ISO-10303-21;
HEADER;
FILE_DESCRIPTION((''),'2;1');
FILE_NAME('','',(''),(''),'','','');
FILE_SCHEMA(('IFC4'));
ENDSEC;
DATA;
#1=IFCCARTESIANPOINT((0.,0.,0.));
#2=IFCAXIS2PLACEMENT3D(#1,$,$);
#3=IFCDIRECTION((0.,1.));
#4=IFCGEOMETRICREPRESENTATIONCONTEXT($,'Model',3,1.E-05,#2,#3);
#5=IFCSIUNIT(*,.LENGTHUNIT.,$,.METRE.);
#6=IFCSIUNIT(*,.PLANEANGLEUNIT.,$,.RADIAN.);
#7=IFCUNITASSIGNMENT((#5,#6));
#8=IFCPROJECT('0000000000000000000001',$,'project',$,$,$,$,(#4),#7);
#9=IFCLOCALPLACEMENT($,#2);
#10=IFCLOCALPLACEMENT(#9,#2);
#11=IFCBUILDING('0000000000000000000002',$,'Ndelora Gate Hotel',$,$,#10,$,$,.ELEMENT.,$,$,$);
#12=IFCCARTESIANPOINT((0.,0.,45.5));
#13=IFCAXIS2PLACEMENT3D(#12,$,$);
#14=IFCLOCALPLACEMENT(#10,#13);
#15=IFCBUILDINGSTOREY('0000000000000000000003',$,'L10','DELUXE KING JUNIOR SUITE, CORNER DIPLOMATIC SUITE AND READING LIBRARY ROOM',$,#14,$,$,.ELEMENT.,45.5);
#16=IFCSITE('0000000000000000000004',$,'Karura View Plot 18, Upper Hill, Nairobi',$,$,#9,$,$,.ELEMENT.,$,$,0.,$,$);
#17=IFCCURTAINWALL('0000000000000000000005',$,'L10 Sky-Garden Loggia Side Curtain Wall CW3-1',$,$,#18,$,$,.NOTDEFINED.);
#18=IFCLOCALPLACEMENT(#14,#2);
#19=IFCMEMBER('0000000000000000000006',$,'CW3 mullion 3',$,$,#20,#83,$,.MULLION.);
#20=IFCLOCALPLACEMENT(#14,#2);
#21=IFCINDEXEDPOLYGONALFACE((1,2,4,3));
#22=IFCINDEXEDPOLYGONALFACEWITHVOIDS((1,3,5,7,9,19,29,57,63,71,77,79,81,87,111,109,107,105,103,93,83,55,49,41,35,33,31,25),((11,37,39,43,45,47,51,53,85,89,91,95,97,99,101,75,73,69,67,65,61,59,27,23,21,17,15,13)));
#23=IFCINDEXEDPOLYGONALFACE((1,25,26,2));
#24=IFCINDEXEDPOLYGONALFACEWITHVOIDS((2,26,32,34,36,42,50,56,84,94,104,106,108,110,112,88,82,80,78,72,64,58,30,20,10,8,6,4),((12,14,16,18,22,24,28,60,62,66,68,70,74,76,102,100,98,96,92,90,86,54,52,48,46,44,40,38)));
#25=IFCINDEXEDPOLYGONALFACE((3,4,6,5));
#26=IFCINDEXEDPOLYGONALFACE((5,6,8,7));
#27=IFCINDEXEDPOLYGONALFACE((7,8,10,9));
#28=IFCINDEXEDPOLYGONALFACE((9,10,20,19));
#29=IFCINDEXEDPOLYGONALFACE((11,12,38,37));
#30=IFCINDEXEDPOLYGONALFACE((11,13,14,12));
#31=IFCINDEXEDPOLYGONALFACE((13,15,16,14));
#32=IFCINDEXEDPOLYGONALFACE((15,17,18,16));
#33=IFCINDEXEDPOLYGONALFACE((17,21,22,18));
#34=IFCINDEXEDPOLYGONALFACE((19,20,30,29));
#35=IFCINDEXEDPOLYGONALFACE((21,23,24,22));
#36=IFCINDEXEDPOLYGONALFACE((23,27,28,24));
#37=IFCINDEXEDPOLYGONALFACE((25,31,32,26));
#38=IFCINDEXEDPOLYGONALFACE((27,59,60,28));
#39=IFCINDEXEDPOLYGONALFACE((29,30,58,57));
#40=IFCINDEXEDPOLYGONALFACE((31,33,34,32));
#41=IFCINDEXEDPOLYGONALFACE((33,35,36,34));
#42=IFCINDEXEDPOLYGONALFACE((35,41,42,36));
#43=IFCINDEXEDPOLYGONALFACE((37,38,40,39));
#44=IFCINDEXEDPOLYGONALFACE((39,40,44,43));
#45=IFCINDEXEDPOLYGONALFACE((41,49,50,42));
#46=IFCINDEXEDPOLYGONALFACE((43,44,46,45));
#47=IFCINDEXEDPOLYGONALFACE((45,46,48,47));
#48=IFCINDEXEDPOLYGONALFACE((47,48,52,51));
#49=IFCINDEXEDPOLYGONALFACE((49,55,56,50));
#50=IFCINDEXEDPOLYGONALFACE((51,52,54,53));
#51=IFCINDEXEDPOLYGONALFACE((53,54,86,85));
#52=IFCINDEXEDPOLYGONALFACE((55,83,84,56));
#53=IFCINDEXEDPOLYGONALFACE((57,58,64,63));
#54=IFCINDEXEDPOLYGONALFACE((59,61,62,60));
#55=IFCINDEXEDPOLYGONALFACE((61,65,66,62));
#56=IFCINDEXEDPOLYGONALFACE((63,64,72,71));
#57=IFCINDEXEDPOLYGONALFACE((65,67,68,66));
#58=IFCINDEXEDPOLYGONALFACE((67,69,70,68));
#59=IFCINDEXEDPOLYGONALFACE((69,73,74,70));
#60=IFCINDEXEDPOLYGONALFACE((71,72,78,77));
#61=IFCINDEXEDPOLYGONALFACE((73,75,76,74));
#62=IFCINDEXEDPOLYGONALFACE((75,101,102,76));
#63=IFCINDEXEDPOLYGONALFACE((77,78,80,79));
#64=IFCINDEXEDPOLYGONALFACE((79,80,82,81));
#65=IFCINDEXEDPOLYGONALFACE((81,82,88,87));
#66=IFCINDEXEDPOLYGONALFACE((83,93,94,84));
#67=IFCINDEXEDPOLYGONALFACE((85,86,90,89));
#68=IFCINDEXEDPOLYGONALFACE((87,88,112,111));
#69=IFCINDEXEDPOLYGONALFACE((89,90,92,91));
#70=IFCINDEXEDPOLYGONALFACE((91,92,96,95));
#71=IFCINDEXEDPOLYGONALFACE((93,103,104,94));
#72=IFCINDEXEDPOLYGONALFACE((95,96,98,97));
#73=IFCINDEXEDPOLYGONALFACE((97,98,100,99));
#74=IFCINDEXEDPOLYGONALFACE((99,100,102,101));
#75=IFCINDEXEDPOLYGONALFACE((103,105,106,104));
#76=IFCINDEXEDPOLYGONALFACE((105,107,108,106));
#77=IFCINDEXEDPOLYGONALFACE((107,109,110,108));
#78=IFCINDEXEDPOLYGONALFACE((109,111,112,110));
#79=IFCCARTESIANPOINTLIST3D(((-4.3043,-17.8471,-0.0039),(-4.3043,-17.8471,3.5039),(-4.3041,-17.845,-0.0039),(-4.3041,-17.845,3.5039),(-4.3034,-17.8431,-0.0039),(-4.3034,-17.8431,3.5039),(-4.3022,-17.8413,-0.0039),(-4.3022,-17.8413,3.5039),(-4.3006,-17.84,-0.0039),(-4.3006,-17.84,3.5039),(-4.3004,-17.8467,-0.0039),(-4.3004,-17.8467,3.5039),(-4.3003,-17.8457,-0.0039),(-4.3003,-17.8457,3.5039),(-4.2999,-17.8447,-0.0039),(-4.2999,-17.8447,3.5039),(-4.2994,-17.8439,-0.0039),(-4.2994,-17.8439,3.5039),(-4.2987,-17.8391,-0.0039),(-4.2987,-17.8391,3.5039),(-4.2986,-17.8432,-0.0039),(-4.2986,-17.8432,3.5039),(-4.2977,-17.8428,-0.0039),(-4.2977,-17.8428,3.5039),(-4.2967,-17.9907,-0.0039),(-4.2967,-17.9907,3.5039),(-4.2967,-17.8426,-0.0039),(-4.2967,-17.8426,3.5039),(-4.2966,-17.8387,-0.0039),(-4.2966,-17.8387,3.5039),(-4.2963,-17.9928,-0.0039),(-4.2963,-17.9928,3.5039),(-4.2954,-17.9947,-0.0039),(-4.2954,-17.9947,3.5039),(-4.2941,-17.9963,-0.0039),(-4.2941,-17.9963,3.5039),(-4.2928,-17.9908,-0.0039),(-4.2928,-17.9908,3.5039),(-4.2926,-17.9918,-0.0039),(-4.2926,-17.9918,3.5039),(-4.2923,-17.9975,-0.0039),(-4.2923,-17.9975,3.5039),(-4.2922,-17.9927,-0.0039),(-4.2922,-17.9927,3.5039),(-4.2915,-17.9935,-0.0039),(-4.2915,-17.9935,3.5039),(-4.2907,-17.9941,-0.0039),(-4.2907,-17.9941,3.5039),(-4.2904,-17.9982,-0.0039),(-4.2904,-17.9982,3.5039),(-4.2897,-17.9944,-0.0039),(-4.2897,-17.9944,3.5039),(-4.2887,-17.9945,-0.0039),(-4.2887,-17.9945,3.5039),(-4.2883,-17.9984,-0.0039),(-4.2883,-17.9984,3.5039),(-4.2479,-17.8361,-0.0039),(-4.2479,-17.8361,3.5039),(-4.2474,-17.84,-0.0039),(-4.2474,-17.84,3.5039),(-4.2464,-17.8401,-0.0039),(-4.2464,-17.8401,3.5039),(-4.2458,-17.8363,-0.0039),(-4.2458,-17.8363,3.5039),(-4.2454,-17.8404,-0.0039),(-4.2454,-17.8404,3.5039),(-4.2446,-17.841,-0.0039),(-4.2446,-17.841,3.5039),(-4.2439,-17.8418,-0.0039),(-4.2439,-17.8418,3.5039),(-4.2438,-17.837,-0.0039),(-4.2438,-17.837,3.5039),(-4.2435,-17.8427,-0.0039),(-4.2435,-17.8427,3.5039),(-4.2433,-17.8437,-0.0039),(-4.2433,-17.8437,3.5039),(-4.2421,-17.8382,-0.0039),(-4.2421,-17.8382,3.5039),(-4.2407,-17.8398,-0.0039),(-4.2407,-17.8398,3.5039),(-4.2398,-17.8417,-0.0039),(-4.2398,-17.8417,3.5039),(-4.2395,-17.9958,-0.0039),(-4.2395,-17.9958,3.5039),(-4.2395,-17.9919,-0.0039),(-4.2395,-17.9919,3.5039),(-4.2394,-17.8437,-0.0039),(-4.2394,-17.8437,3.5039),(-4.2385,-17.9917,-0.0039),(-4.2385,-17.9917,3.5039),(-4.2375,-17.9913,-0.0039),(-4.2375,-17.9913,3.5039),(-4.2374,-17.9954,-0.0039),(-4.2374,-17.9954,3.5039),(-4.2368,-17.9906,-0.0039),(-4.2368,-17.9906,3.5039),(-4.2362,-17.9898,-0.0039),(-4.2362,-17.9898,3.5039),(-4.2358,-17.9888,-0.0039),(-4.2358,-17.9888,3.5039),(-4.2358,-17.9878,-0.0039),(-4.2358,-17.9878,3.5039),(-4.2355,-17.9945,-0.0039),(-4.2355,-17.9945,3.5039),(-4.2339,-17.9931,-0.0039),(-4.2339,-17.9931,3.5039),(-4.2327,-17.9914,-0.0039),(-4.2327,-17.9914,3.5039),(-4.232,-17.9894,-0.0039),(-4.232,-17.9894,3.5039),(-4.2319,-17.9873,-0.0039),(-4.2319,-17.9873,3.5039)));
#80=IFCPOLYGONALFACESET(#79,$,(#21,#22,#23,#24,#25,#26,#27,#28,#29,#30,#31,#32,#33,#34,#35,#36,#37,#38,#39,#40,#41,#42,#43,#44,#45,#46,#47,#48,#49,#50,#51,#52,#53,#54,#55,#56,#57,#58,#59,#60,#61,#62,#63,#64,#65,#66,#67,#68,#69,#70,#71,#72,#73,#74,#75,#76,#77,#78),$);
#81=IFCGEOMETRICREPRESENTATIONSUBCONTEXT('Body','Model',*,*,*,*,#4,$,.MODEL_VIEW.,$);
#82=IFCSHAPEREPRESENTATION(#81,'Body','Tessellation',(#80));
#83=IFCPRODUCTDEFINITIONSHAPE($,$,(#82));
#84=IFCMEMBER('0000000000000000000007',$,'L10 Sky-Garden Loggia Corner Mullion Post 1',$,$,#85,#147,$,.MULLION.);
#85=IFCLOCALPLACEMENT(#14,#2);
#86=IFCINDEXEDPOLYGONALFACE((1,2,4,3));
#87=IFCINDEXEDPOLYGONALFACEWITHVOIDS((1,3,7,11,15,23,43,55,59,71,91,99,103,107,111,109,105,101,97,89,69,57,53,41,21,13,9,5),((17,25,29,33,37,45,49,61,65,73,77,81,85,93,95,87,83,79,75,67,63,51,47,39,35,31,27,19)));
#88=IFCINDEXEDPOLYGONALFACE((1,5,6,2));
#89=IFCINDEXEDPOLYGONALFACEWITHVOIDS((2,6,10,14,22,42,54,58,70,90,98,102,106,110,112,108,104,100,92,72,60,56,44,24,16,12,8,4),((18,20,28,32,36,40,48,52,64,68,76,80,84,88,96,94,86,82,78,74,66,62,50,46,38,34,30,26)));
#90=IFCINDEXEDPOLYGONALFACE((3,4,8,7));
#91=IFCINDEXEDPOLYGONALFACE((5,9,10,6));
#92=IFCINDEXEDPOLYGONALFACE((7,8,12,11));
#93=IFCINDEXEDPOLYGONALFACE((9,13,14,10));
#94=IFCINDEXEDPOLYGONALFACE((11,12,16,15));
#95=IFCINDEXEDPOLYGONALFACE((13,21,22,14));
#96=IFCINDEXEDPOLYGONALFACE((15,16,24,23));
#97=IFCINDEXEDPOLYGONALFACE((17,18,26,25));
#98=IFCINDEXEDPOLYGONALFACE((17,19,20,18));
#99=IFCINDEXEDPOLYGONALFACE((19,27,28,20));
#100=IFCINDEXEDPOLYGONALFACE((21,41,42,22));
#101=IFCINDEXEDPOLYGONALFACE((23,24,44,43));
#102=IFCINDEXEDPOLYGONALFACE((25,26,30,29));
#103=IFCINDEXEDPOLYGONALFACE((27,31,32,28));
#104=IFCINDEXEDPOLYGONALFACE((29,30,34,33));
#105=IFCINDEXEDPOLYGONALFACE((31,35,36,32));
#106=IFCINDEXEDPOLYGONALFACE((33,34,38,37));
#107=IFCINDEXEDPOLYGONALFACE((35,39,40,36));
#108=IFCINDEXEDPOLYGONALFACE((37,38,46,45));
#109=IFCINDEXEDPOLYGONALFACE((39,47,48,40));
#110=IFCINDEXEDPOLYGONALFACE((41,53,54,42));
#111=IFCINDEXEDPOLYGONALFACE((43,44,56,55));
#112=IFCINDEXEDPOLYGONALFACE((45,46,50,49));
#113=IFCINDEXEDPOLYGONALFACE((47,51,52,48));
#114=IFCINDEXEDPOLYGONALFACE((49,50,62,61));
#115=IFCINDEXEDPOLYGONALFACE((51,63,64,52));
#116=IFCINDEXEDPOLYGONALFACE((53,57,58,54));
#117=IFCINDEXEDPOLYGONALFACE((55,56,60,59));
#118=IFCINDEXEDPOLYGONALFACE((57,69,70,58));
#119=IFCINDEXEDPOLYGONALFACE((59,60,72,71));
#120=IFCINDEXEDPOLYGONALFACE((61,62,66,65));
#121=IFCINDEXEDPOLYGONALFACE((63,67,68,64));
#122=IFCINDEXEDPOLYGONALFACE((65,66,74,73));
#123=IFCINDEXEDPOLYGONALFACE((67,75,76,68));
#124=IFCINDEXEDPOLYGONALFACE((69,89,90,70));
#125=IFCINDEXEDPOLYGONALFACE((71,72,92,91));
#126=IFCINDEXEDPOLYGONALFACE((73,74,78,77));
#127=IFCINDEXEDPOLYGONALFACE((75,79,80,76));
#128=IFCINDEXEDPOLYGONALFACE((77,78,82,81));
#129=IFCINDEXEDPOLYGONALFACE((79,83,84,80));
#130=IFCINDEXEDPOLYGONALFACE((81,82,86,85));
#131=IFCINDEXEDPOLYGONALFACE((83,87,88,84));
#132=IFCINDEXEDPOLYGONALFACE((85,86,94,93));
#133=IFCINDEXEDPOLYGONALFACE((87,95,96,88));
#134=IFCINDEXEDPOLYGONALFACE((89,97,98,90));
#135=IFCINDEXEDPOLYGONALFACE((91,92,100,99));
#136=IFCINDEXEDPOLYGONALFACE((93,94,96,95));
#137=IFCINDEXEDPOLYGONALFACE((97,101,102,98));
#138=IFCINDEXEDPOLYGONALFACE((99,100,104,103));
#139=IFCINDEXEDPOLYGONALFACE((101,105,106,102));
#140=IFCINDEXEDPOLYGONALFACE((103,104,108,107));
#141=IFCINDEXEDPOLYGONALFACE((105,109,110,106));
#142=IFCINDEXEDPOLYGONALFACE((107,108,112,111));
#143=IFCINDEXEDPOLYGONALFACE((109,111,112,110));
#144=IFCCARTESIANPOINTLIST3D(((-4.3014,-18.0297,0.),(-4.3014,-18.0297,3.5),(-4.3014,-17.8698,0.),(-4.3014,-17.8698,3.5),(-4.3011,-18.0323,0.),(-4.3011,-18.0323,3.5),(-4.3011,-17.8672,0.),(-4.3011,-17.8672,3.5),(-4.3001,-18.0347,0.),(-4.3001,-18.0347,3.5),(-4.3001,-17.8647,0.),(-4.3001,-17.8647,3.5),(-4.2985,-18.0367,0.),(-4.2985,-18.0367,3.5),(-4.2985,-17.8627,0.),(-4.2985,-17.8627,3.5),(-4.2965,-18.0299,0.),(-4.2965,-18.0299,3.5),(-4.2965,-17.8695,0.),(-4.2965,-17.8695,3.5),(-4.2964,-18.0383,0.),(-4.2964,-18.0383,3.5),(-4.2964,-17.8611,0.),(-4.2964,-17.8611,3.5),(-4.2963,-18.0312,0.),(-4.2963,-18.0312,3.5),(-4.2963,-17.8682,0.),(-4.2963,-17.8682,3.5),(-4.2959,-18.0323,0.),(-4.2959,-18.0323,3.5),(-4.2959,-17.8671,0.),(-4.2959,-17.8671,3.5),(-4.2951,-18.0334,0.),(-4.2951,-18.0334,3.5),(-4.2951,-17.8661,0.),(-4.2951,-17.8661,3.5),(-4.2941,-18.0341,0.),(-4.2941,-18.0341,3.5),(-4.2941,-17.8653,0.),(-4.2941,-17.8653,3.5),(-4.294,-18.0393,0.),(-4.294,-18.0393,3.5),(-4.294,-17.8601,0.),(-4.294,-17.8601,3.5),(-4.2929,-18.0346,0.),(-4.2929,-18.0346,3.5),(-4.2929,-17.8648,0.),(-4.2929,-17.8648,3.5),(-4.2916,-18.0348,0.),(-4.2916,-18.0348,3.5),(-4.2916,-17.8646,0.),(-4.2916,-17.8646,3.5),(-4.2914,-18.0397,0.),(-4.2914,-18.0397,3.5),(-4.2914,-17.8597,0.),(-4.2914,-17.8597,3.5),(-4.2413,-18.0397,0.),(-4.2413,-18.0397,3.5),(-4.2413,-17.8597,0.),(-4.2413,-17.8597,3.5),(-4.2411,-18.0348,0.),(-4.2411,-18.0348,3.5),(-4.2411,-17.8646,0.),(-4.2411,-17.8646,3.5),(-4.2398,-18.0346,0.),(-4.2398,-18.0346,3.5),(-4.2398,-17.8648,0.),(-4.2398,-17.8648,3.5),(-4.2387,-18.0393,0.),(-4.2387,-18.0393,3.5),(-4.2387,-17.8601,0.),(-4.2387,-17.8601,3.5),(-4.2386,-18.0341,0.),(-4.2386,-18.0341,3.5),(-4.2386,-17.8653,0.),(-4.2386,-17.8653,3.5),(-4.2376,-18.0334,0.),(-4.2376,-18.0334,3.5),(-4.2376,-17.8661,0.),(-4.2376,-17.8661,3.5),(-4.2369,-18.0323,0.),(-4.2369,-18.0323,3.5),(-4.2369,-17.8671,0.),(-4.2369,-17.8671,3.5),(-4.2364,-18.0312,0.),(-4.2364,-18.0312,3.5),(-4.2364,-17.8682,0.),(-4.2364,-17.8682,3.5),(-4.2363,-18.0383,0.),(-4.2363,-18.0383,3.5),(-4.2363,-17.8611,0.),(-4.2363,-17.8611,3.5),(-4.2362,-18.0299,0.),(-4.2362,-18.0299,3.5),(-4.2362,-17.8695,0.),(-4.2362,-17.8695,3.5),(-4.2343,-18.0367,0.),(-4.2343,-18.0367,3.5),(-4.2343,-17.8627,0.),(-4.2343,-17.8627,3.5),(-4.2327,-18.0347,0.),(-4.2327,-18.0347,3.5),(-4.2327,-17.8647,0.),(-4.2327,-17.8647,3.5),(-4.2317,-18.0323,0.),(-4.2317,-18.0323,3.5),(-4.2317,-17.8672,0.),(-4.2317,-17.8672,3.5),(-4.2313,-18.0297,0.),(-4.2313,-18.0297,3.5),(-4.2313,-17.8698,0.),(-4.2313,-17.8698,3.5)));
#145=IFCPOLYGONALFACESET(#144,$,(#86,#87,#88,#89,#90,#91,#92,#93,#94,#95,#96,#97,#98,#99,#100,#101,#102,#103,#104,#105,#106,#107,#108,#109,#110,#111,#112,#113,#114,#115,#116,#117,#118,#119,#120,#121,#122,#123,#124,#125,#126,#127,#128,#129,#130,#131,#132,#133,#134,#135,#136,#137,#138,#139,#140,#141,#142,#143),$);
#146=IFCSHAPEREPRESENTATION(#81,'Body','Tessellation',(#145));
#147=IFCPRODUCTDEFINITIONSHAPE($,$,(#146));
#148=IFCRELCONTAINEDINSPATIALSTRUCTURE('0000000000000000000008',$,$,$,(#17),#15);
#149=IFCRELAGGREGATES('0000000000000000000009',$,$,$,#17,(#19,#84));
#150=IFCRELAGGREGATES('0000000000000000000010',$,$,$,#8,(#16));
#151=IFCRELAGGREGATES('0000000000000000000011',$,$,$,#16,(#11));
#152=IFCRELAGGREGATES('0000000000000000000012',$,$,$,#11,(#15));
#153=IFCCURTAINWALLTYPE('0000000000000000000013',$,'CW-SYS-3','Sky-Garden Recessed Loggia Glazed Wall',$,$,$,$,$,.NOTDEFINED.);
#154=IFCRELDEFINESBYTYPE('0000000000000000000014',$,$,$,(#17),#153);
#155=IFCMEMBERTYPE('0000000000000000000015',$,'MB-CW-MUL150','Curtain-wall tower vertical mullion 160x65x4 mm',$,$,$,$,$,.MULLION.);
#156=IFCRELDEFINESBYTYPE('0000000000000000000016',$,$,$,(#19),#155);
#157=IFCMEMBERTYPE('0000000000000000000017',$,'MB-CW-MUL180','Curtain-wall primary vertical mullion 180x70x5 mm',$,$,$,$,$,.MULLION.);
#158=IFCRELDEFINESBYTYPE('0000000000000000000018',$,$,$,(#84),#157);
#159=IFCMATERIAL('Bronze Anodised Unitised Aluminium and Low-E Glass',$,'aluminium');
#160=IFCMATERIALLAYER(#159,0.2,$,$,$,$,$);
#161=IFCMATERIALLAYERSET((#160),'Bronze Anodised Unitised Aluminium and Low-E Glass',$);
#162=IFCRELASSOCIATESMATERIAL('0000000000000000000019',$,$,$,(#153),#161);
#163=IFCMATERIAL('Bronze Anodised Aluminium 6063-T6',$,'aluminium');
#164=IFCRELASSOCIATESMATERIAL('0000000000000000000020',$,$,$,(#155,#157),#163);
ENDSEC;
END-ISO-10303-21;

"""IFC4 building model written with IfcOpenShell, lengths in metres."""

from ifc_helpers import new_model, si_unit, direction, frame, origin, origin_2d, place, context, subcontext, project, spatial, hollow_rectangle, extrude, material, layer, layer_set, material_profile, profile_set, type_object, element, aggregate, save


model = new_model("IFC4")

# Units and contexts
model_context = context("Model", 3, precision=1e-05, world=origin(), true_north=direction((0.0, 1.0)))
body_context = subcontext(model_context, "Body", "Model", "MODEL_VIEW")
ifc_project = project(units=[si_unit("LENGTHUNIT", "METRE"), si_unit("PLANEANGLEUNIT", "RADIAN")], contexts=[model_context])

# Site, building, storey
site_placement = place(None, origin())
site = spatial("IfcSite", under=ifc_project, at=site_placement, Name="Karura View Plot 18, Upper Hill, Nairobi", CompositionType="ELEMENT", RefElevation=0.0)
building_placement = place(site_placement, origin())
building = spatial("IfcBuilding", under=site, at=building_placement, Name="Ndelora Gate Hotel", CompositionType="ELEMENT")
storey_placement = place(building_placement, frame((0.0, 0.0, 45.5)))
storey = spatial("IfcBuildingStorey", under=building, at=storey_placement, Name="L10", Description="DELUXE KING JUNIOR SUITE, CORNER DIPLOMATIC SUITE AND READING LIBRARY ROOM", CompositionType="ELEMENT", Elevation=45.5)

# Curtain wall, members
ifc_material_1 = material(Name="Bronze Anodised Unitised Aluminium and Low-E Glass", Category="aluminium")
ifc_layer_1 = layer(ifc_material_1, 0.2)
ifc_layer_set_1 = layer_set([ifc_layer_1], Name="Bronze Anodised Unitised Aluminium and Low-E Glass")
curtain_wall_type = type_object("IfcCurtainWallType", Name="CW-SYS-3", Description="Sky-Garden Recessed Loggia Glazed Wall", PredefinedType="NOTDEFINED", material=ifc_layer_set_1)
curtain_wall_placement = place(storey_placement, origin())
curtain_wall = element("IfcCurtainWall", 1, at=curtain_wall_placement, inside=storey, type_object=curtain_wall_type, Name="L10 Sky-Garden Loggia Side Curtain Wall CW3-1", PredefinedType="NOTDEFINED")
ifc_material_2 = material(Name="Bronze Anodised Aluminium 6063-T6", Category="aluminium")
ifc_material_profile_1 = material_profile(ifc_material_2, hollow_rectangle(XDim=0.0649, YDim=0.1599, WallThickness=0.0039, InnerFilletRadius=0.0039, OuterFilletRadius=0.0081, at=origin_2d()), Name="ALU 160x65x4")
ifc_profile_set_1 = profile_set([ifc_material_profile_1], Name="Bronze Anodised Aluminium 6063-T6")
member_type_1 = type_object("IfcMemberType", Name="MB-CW-MUL150", Description="Curtain-wall tower vertical mullion 160x65x4 mm", PredefinedType="MULLION", material=ifc_profile_set_1)
member_1_placement = place(storey_placement, frame((-4.2681, -17.9172, -0.0039), z_axis=(0.0, 0.0, 1.0), x_axis=(0.998628, 0.052363, 0.0)))
member_1 = element("IfcMember", 2, at=member_1_placement, type_object=member_type_1, Name="CW3 mullion 3", PredefinedType="MULLION", context=body_context, shape_type="SweptSolid", body=[
    extrude(hollow_rectangle(XDim=0.0649, YDim=0.1599, WallThickness=0.0039, InnerFilletRadius=0.0039, OuterFilletRadius=0.0081, at=origin_2d()), origin(), (0.0, 0.0, 1.0), 3.5078),
])
ifc_material_profile_2 = material_profile(ifc_material_2, hollow_rectangle(XDim=0.0701, YDim=0.1799, WallThickness=0.0049, InnerFilletRadius=0.0049, OuterFilletRadius=0.01, at=origin_2d()), Name="ALU 180x70x5")
ifc_profile_set_2 = profile_set([ifc_material_profile_2], Name="Bronze Anodised Aluminium 6063-T6")
member_type_2 = type_object("IfcMemberType", Name="MB-CW-MUL180", Description="Curtain-wall primary vertical mullion 180x70x5 mm", PredefinedType="MULLION", material=ifc_profile_set_2)
member_2_placement = place(storey_placement, frame((-4.2664, -17.9497, 0.0), z_axis=(0.0, 0.0, 1.0), x_axis=(1.0, 0.0, 0.0)))
member_2 = element("IfcMember", 3, at=member_2_placement, type_object=member_type_2, Name="L10 Sky-Garden Loggia Corner Mullion Post 1", PredefinedType="MULLION", context=body_context, shape_type="SweptSolid", body=[
    extrude(hollow_rectangle(XDim=0.0701, YDim=0.1799, WallThickness=0.0049, InnerFilletRadius=0.0049, OuterFilletRadius=0.01, at=origin_2d()), origin(), (0.0, 0.0, 1.0), 3.5),
])
aggregate(curtain_wall, [member_1, member_2])

save(model, "model.ifc")
